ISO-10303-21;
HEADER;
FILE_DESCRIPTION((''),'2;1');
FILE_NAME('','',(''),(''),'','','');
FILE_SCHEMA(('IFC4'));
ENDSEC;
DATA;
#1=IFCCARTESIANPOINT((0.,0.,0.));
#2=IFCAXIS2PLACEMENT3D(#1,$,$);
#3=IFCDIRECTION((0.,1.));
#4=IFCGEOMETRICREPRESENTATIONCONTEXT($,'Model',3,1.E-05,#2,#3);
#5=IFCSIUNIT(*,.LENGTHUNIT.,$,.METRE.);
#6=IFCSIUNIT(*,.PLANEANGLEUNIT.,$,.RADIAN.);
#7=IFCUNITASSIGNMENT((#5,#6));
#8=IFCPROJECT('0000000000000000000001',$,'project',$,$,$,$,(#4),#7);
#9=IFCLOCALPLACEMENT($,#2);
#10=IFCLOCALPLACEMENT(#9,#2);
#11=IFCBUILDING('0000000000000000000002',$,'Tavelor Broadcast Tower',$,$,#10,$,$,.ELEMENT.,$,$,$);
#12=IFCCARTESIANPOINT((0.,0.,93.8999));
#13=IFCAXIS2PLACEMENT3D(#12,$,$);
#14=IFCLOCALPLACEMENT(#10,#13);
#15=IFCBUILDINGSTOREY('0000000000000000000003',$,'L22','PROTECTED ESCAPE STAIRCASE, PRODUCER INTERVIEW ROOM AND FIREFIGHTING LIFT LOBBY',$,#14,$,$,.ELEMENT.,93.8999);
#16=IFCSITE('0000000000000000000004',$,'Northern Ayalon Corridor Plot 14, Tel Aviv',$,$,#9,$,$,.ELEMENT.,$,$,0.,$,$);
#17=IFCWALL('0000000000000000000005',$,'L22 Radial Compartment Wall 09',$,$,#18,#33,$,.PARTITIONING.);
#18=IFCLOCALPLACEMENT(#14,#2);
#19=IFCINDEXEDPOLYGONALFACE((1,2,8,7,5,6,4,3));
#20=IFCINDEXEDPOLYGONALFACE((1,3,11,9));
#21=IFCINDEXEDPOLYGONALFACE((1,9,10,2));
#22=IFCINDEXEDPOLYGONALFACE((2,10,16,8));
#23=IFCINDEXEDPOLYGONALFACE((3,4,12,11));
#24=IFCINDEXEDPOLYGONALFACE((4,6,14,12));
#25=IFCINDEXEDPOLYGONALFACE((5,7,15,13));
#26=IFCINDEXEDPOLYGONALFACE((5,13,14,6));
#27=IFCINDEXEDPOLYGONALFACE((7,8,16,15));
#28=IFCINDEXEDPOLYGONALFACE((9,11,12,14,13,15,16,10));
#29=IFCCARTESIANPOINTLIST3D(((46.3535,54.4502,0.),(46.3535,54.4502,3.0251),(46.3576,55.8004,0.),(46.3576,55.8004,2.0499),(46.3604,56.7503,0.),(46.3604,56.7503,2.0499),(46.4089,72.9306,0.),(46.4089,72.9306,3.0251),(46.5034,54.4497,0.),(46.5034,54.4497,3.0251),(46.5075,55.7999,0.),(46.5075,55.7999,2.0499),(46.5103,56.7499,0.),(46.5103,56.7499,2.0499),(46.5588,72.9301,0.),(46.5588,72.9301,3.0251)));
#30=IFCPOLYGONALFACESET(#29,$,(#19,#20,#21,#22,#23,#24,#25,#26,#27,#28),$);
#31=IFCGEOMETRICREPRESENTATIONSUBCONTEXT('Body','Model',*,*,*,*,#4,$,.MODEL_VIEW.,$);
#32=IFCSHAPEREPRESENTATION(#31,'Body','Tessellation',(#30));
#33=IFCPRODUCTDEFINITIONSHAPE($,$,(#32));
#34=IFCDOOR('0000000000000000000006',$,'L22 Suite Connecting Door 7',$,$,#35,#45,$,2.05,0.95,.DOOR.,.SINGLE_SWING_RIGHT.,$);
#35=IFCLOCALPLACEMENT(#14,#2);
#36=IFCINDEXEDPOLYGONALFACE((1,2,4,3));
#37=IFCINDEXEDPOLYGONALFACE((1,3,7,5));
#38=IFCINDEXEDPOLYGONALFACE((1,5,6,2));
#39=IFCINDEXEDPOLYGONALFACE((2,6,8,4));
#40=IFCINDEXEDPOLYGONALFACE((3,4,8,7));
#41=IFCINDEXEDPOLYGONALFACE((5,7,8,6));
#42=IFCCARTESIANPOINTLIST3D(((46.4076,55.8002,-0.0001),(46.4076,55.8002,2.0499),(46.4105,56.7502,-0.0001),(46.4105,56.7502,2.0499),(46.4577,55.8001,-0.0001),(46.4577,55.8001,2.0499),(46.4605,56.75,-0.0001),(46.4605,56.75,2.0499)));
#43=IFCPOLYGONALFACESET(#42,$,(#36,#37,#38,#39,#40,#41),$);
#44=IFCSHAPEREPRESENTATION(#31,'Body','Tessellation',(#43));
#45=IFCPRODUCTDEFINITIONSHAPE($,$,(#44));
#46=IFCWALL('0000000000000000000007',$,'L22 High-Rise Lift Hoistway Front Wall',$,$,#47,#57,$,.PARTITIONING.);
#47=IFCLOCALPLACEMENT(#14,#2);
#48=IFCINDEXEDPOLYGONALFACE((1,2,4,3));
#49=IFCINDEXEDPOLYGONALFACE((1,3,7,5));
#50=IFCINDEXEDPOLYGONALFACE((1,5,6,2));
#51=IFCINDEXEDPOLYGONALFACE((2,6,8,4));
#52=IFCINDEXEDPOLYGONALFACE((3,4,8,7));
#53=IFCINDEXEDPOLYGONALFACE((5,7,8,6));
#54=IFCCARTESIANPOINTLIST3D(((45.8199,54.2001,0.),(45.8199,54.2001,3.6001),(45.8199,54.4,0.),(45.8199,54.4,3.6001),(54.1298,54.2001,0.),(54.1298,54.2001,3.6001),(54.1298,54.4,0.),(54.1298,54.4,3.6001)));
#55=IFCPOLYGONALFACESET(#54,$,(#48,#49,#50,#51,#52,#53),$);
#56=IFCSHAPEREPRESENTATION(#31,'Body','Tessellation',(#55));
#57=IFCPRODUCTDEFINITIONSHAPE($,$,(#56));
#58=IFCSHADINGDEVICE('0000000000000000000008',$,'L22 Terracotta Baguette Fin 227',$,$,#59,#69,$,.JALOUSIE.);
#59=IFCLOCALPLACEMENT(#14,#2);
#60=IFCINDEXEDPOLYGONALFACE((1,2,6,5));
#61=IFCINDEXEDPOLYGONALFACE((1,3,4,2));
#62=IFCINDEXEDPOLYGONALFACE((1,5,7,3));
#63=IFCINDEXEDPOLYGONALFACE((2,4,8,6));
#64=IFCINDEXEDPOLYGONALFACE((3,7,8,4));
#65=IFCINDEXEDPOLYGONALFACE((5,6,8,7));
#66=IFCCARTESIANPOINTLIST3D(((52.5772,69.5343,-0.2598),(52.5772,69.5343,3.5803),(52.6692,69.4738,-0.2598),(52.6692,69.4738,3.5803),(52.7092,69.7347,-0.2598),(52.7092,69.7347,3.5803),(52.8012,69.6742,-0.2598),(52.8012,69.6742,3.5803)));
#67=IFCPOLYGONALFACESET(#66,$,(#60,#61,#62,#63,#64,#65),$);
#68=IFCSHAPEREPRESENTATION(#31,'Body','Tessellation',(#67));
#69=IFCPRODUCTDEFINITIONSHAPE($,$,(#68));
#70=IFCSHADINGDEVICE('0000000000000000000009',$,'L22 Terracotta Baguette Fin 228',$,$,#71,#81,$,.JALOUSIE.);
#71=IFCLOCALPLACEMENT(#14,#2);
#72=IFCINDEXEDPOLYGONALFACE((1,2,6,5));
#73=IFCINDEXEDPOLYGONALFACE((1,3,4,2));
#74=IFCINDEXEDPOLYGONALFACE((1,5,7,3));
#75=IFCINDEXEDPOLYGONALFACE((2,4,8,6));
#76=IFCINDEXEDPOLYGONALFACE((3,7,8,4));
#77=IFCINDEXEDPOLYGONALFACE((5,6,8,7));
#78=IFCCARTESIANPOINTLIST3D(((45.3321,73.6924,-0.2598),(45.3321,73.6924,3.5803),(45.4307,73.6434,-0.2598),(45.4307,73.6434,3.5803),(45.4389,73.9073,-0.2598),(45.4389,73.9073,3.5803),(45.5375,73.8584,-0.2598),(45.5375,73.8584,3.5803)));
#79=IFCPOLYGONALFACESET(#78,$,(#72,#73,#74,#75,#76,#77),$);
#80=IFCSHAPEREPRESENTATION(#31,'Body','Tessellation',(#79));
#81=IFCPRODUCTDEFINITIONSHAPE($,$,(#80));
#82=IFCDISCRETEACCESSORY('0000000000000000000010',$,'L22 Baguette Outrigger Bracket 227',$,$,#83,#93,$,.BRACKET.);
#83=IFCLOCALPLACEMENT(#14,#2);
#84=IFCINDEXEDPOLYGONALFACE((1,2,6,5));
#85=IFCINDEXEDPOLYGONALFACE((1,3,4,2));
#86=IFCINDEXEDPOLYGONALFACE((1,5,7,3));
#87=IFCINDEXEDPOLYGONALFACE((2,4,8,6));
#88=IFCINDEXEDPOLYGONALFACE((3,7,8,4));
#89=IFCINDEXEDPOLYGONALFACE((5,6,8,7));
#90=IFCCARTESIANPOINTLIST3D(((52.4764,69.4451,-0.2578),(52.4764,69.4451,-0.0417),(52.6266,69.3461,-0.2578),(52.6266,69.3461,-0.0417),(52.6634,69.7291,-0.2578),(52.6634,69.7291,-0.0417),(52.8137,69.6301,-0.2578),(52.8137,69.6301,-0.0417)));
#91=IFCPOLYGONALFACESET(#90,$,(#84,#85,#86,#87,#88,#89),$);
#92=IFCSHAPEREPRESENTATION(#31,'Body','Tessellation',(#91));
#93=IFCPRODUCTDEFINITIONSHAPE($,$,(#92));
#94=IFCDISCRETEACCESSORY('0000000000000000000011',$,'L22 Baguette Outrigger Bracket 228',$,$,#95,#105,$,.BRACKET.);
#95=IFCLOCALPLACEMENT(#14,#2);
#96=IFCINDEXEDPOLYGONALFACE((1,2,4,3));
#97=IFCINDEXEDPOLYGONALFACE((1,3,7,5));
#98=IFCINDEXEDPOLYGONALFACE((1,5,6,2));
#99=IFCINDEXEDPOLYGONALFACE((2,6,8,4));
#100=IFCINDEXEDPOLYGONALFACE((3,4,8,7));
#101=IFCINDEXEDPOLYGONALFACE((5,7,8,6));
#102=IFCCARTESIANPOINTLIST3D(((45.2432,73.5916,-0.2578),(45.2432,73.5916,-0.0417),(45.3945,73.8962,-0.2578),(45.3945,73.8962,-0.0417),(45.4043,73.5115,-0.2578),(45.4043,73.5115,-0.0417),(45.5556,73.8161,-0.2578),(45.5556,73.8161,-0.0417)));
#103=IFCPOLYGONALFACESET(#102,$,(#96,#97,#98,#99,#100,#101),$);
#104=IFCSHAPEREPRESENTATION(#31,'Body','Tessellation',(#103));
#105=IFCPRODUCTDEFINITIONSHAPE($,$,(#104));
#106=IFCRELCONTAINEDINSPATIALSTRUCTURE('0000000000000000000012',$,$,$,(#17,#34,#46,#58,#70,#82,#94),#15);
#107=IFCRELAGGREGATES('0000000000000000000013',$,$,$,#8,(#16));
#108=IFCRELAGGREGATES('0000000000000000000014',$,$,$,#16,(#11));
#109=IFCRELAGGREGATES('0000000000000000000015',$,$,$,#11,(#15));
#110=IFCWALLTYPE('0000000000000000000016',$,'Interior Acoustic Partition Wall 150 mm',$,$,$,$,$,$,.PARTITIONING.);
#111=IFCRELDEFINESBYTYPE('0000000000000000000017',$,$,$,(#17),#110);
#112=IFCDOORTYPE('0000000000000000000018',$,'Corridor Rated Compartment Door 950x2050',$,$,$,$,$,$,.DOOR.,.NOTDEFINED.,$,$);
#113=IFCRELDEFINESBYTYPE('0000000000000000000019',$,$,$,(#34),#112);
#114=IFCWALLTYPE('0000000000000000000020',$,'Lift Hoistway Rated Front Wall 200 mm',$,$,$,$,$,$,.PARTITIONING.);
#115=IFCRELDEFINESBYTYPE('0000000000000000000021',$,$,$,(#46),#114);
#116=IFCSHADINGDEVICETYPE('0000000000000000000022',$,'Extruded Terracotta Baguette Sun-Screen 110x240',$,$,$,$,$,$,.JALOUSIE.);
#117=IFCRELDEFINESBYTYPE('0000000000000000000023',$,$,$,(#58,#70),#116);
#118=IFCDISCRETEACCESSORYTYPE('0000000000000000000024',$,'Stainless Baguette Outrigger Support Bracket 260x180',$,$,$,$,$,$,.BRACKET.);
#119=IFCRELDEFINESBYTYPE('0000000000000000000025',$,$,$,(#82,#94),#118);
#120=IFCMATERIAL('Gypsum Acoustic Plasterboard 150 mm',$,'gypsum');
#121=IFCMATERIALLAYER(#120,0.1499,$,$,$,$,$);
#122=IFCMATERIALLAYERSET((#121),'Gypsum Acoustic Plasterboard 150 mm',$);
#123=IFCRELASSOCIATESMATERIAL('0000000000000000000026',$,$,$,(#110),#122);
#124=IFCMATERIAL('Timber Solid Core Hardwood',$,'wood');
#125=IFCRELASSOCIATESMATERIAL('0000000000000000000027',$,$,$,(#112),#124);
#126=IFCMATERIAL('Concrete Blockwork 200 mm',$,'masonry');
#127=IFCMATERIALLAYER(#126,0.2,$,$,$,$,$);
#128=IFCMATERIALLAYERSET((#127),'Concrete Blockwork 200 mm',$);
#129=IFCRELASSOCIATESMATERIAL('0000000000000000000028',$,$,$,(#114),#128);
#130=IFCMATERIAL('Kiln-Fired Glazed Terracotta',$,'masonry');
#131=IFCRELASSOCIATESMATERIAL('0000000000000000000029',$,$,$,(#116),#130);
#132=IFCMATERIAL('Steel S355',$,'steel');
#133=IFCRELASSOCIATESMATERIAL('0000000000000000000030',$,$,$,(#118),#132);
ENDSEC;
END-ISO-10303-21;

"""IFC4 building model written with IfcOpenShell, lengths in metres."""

from ifc_helpers import new_model, si_unit, direction, frame, frame_2d, origin, origin_2d, place, context, subcontext, project, spatial, rectangle, extrude, source, transform, mapped, material, layer, layer_set, type_object, type_shapes, element, fill, save


model = new_model("IFC4")

# Units and contexts
model_context = context("Model", 3, precision=1e-05, world=origin(), true_north=direction((0.0, 1.0)))
body_context = subcontext(model_context, "Body", "Model", "MODEL_VIEW")
ifc_project = project(units=[si_unit("LENGTHUNIT", "METRE"), si_unit("PLANEANGLEUNIT", "RADIAN")], contexts=[model_context])

# Site, building, storey
site_placement = place(None, origin())
site = spatial("IfcSite", under=ifc_project, at=site_placement, Name="Northern Ayalon Corridor Plot 14, Tel Aviv", CompositionType="ELEMENT", RefElevation=0.0)
building_placement = place(site_placement, origin())
building = spatial("IfcBuilding", under=site, at=building_placement, Name="Tavelor Broadcast Tower", CompositionType="ELEMENT")
storey_placement = place(building_placement, frame((0.0, 0.0, 93.8999)))
storey = spatial("IfcBuildingStorey", under=building, at=storey_placement, Name="L22", Description="PROTECTED ESCAPE STAIRCASE, PRODUCER INTERVIEW ROOM AND FIREFIGHTING LIFT LOBBY", CompositionType="ELEMENT", Elevation=93.8999)

# Shared definitions
ifc_material_1 = material(Name="Steel S355", Category="steel")

# Shared definitions
ifc_material_2 = material(Name="Gypsum Acoustic Plasterboard 150 mm", Category="gypsum")
ifc_layer_1 = layer(ifc_material_2, 0.1499)
ifc_layer_set_1 = layer_set([ifc_layer_1], Name="Gypsum Acoustic Plasterboard 150 mm")
wall_type_1 = type_object("IfcWallType", Name="Interior Acoustic Partition Wall 150 mm", PredefinedType="PARTITIONING", material=ifc_layer_set_1)

# Wall, opening, door
ifc_material_3 = material(Name="Timber Solid Core Hardwood", Category="wood")
door_type = type_object("IfcDoorType", Name="Corridor Rated Compartment Door 950x2050", OperationType="NOTDEFINED", PredefinedType="DOOR", material=ifc_material_3)
wall_1_placement = place(storey_placement, frame((46.4285, 54.45, 0.0), z_axis=(0.0, 0.0, 1.0), x_axis=(0.002999, 0.999996, 0.0)))
wall_1 = element("IfcWall", 1, at=wall_1_placement, inside=storey, type_object=wall_type_1, Name="L22 Radial Compartment Wall 09", PredefinedType="PARTITIONING", context=body_context, shape_type="SweptSolid", body=[
    extrude(rectangle(XDim=18.4805, YDim=0.1499, at=frame_2d((9.2402, 0.0))), origin(), (0.0, 0.0, 1.0), 3.0251),
])
opening_1_placement = place(wall_1_placement, frame((1.3501, 0.0, 0.0)))
opening_1 = element("IfcOpeningElement", 2, at=opening_1_placement, cuts=wall_1, PredefinedType="OPENING", context=body_context, shape_type="SweptSolid", body=[
    extrude(rectangle(XDim=0.95, YDim=2.05, at=frame_2d((0.4751, 1.0249))), frame((0.0, 0.085, 0.0), z_axis=(0.0, -1.0, 0.0), x_axis=(1.0, 0.0, 0.0)), (0.0, 0.0, 1.0), 0.1699),
])
door_1_placement = place(opening_1_placement, origin())
door_1 = element("IfcDoor", 3, at=door_1_placement, inside=storey, type_object=door_type, Name="L22 Suite Connecting Door 7", OperationType="SINGLE_SWING_RIGHT", OverallHeight=2.05, OverallWidth=0.95, PredefinedType="DOOR", context=body_context, shape_type="SweptSolid", body=[
    extrude(rectangle(XDim=0.95, YDim=2.05, at=frame_2d((0.4751, 1.0249))), frame((0.0, 0.0249, 0.0), z_axis=(0.0, -1.0, 0.0), x_axis=(1.0, 0.0, 0.0)), (0.0, 0.0, 1.0), 0.05),
])
fill(opening_1, door_1)

# Wall
ifc_material_4 = material(Name="Concrete Blockwork 200 mm", Category="masonry")
ifc_layer_2 = layer(ifc_material_4, 0.2)
ifc_layer_set_2 = layer_set([ifc_layer_2], Name="Concrete Blockwork 200 mm")
wall_type_2 = type_object("IfcWallType", Name="Lift Hoistway Rated Front Wall 200 mm", PredefinedType="PARTITIONING", material=ifc_layer_set_2)
wall_2_placement = place(storey_placement, frame((45.8201, 54.3, 0.0), z_axis=(0.0, 0.0, 1.0), x_axis=(1.0, 0.0, 0.0)))
element("IfcWall", 4, at=wall_2_placement, inside=storey, type_object=wall_type_2, Name="L22 High-Rise Lift Hoistway Front Wall", PredefinedType="PARTITIONING", context=body_context, shape_type="SweptSolid", body=[
    extrude(rectangle(XDim=8.3098, YDim=0.2, at=frame_2d((4.1548, 0.0))), origin(), (0.0, 0.0, 1.0), 3.6001),
])

# Shading devices
ifc_material_5 = material(Name="Kiln-Fired Glazed Terracotta", Category="masonry")
shading_device_type = type_object("IfcShadingDeviceType", Name="Extruded Terracotta Baguette Sun-Screen 110x240", PredefinedType="JALOUSIE", material=ifc_material_5)
shared_shape_1 = source(origin(), body_context, "Body", "SweptSolid", [
    extrude(rectangle(XDim=0.1101, YDim=0.24, at=origin_2d()), origin(), (0.0, 0.0, 1.0), 3.8401),
])
type_shapes(shading_device_type, [shared_shape_1])
for number, where, z_axis, x_axis, name in (
    (5, (52.6892, 69.6042, -0.2598), (0.0, 0.0, 1.0), (-0.835136, 0.550044, 0.0), "L22 Terracotta Baguette Fin 227"),
    (6, (45.4348, 73.7754, -0.2598), (0.0, 0.0, 1.0), (-0.895556, 0.444948, 0.0), "L22 Terracotta Baguette Fin 228"),
):
    element("IfcShadingDevice", number, at=place(storey_placement, frame(where, z_axis=z_axis, x_axis=x_axis)), inside=storey, type_object=shading_device_type, Name=name, PredefinedType="JALOUSIE", context=body_context, shape_type="MappedRepresentation", body=[
        mapped(shared_shape_1, transform((0.0, 0.0, 0.0), scale=1.0)),
    ])

# Discrete accessories
discrete_accessory_type = type_object("IfcDiscreteAccessoryType", Name="Stainless Baguette Outrigger Support Bracket 260x180", PredefinedType="BRACKET", material=ifc_material_1)
shared_shape_2 = source(origin(), body_context, "Body", "SweptSolid", [
    extrude(rectangle(XDim=0.1799, YDim=0.3401, at=origin_2d()), origin(), (0.0, 0.0, 1.0), 0.2161),
])
type_shapes(discrete_accessory_type, [shared_shape_2])
for number, where, z_axis, x_axis, name in (
    (7, (52.645, 69.5376, -0.2578), (0.0, 0.0, 1.0), (-0.835136, 0.550044, 0.0), "L22 Baguette Outrigger Bracket 227"),
    (8, (45.3994, 73.7039, -0.2578), (0.0, 0.0, 1.0), (-0.895556, 0.444948, 0.0), "L22 Baguette Outrigger Bracket 228"),
):
    element("IfcDiscreteAccessory", number, at=place(storey_placement, frame(where, z_axis=z_axis, x_axis=x_axis)), inside=storey, type_object=discrete_accessory_type, Name=name, PredefinedType="BRACKET", context=body_context, shape_type="MappedRepresentation", body=[
        mapped(shared_shape_2, transform((0.0, 0.0, 0.0), scale=1.0)),
    ])

save(model, "model.ifc")
